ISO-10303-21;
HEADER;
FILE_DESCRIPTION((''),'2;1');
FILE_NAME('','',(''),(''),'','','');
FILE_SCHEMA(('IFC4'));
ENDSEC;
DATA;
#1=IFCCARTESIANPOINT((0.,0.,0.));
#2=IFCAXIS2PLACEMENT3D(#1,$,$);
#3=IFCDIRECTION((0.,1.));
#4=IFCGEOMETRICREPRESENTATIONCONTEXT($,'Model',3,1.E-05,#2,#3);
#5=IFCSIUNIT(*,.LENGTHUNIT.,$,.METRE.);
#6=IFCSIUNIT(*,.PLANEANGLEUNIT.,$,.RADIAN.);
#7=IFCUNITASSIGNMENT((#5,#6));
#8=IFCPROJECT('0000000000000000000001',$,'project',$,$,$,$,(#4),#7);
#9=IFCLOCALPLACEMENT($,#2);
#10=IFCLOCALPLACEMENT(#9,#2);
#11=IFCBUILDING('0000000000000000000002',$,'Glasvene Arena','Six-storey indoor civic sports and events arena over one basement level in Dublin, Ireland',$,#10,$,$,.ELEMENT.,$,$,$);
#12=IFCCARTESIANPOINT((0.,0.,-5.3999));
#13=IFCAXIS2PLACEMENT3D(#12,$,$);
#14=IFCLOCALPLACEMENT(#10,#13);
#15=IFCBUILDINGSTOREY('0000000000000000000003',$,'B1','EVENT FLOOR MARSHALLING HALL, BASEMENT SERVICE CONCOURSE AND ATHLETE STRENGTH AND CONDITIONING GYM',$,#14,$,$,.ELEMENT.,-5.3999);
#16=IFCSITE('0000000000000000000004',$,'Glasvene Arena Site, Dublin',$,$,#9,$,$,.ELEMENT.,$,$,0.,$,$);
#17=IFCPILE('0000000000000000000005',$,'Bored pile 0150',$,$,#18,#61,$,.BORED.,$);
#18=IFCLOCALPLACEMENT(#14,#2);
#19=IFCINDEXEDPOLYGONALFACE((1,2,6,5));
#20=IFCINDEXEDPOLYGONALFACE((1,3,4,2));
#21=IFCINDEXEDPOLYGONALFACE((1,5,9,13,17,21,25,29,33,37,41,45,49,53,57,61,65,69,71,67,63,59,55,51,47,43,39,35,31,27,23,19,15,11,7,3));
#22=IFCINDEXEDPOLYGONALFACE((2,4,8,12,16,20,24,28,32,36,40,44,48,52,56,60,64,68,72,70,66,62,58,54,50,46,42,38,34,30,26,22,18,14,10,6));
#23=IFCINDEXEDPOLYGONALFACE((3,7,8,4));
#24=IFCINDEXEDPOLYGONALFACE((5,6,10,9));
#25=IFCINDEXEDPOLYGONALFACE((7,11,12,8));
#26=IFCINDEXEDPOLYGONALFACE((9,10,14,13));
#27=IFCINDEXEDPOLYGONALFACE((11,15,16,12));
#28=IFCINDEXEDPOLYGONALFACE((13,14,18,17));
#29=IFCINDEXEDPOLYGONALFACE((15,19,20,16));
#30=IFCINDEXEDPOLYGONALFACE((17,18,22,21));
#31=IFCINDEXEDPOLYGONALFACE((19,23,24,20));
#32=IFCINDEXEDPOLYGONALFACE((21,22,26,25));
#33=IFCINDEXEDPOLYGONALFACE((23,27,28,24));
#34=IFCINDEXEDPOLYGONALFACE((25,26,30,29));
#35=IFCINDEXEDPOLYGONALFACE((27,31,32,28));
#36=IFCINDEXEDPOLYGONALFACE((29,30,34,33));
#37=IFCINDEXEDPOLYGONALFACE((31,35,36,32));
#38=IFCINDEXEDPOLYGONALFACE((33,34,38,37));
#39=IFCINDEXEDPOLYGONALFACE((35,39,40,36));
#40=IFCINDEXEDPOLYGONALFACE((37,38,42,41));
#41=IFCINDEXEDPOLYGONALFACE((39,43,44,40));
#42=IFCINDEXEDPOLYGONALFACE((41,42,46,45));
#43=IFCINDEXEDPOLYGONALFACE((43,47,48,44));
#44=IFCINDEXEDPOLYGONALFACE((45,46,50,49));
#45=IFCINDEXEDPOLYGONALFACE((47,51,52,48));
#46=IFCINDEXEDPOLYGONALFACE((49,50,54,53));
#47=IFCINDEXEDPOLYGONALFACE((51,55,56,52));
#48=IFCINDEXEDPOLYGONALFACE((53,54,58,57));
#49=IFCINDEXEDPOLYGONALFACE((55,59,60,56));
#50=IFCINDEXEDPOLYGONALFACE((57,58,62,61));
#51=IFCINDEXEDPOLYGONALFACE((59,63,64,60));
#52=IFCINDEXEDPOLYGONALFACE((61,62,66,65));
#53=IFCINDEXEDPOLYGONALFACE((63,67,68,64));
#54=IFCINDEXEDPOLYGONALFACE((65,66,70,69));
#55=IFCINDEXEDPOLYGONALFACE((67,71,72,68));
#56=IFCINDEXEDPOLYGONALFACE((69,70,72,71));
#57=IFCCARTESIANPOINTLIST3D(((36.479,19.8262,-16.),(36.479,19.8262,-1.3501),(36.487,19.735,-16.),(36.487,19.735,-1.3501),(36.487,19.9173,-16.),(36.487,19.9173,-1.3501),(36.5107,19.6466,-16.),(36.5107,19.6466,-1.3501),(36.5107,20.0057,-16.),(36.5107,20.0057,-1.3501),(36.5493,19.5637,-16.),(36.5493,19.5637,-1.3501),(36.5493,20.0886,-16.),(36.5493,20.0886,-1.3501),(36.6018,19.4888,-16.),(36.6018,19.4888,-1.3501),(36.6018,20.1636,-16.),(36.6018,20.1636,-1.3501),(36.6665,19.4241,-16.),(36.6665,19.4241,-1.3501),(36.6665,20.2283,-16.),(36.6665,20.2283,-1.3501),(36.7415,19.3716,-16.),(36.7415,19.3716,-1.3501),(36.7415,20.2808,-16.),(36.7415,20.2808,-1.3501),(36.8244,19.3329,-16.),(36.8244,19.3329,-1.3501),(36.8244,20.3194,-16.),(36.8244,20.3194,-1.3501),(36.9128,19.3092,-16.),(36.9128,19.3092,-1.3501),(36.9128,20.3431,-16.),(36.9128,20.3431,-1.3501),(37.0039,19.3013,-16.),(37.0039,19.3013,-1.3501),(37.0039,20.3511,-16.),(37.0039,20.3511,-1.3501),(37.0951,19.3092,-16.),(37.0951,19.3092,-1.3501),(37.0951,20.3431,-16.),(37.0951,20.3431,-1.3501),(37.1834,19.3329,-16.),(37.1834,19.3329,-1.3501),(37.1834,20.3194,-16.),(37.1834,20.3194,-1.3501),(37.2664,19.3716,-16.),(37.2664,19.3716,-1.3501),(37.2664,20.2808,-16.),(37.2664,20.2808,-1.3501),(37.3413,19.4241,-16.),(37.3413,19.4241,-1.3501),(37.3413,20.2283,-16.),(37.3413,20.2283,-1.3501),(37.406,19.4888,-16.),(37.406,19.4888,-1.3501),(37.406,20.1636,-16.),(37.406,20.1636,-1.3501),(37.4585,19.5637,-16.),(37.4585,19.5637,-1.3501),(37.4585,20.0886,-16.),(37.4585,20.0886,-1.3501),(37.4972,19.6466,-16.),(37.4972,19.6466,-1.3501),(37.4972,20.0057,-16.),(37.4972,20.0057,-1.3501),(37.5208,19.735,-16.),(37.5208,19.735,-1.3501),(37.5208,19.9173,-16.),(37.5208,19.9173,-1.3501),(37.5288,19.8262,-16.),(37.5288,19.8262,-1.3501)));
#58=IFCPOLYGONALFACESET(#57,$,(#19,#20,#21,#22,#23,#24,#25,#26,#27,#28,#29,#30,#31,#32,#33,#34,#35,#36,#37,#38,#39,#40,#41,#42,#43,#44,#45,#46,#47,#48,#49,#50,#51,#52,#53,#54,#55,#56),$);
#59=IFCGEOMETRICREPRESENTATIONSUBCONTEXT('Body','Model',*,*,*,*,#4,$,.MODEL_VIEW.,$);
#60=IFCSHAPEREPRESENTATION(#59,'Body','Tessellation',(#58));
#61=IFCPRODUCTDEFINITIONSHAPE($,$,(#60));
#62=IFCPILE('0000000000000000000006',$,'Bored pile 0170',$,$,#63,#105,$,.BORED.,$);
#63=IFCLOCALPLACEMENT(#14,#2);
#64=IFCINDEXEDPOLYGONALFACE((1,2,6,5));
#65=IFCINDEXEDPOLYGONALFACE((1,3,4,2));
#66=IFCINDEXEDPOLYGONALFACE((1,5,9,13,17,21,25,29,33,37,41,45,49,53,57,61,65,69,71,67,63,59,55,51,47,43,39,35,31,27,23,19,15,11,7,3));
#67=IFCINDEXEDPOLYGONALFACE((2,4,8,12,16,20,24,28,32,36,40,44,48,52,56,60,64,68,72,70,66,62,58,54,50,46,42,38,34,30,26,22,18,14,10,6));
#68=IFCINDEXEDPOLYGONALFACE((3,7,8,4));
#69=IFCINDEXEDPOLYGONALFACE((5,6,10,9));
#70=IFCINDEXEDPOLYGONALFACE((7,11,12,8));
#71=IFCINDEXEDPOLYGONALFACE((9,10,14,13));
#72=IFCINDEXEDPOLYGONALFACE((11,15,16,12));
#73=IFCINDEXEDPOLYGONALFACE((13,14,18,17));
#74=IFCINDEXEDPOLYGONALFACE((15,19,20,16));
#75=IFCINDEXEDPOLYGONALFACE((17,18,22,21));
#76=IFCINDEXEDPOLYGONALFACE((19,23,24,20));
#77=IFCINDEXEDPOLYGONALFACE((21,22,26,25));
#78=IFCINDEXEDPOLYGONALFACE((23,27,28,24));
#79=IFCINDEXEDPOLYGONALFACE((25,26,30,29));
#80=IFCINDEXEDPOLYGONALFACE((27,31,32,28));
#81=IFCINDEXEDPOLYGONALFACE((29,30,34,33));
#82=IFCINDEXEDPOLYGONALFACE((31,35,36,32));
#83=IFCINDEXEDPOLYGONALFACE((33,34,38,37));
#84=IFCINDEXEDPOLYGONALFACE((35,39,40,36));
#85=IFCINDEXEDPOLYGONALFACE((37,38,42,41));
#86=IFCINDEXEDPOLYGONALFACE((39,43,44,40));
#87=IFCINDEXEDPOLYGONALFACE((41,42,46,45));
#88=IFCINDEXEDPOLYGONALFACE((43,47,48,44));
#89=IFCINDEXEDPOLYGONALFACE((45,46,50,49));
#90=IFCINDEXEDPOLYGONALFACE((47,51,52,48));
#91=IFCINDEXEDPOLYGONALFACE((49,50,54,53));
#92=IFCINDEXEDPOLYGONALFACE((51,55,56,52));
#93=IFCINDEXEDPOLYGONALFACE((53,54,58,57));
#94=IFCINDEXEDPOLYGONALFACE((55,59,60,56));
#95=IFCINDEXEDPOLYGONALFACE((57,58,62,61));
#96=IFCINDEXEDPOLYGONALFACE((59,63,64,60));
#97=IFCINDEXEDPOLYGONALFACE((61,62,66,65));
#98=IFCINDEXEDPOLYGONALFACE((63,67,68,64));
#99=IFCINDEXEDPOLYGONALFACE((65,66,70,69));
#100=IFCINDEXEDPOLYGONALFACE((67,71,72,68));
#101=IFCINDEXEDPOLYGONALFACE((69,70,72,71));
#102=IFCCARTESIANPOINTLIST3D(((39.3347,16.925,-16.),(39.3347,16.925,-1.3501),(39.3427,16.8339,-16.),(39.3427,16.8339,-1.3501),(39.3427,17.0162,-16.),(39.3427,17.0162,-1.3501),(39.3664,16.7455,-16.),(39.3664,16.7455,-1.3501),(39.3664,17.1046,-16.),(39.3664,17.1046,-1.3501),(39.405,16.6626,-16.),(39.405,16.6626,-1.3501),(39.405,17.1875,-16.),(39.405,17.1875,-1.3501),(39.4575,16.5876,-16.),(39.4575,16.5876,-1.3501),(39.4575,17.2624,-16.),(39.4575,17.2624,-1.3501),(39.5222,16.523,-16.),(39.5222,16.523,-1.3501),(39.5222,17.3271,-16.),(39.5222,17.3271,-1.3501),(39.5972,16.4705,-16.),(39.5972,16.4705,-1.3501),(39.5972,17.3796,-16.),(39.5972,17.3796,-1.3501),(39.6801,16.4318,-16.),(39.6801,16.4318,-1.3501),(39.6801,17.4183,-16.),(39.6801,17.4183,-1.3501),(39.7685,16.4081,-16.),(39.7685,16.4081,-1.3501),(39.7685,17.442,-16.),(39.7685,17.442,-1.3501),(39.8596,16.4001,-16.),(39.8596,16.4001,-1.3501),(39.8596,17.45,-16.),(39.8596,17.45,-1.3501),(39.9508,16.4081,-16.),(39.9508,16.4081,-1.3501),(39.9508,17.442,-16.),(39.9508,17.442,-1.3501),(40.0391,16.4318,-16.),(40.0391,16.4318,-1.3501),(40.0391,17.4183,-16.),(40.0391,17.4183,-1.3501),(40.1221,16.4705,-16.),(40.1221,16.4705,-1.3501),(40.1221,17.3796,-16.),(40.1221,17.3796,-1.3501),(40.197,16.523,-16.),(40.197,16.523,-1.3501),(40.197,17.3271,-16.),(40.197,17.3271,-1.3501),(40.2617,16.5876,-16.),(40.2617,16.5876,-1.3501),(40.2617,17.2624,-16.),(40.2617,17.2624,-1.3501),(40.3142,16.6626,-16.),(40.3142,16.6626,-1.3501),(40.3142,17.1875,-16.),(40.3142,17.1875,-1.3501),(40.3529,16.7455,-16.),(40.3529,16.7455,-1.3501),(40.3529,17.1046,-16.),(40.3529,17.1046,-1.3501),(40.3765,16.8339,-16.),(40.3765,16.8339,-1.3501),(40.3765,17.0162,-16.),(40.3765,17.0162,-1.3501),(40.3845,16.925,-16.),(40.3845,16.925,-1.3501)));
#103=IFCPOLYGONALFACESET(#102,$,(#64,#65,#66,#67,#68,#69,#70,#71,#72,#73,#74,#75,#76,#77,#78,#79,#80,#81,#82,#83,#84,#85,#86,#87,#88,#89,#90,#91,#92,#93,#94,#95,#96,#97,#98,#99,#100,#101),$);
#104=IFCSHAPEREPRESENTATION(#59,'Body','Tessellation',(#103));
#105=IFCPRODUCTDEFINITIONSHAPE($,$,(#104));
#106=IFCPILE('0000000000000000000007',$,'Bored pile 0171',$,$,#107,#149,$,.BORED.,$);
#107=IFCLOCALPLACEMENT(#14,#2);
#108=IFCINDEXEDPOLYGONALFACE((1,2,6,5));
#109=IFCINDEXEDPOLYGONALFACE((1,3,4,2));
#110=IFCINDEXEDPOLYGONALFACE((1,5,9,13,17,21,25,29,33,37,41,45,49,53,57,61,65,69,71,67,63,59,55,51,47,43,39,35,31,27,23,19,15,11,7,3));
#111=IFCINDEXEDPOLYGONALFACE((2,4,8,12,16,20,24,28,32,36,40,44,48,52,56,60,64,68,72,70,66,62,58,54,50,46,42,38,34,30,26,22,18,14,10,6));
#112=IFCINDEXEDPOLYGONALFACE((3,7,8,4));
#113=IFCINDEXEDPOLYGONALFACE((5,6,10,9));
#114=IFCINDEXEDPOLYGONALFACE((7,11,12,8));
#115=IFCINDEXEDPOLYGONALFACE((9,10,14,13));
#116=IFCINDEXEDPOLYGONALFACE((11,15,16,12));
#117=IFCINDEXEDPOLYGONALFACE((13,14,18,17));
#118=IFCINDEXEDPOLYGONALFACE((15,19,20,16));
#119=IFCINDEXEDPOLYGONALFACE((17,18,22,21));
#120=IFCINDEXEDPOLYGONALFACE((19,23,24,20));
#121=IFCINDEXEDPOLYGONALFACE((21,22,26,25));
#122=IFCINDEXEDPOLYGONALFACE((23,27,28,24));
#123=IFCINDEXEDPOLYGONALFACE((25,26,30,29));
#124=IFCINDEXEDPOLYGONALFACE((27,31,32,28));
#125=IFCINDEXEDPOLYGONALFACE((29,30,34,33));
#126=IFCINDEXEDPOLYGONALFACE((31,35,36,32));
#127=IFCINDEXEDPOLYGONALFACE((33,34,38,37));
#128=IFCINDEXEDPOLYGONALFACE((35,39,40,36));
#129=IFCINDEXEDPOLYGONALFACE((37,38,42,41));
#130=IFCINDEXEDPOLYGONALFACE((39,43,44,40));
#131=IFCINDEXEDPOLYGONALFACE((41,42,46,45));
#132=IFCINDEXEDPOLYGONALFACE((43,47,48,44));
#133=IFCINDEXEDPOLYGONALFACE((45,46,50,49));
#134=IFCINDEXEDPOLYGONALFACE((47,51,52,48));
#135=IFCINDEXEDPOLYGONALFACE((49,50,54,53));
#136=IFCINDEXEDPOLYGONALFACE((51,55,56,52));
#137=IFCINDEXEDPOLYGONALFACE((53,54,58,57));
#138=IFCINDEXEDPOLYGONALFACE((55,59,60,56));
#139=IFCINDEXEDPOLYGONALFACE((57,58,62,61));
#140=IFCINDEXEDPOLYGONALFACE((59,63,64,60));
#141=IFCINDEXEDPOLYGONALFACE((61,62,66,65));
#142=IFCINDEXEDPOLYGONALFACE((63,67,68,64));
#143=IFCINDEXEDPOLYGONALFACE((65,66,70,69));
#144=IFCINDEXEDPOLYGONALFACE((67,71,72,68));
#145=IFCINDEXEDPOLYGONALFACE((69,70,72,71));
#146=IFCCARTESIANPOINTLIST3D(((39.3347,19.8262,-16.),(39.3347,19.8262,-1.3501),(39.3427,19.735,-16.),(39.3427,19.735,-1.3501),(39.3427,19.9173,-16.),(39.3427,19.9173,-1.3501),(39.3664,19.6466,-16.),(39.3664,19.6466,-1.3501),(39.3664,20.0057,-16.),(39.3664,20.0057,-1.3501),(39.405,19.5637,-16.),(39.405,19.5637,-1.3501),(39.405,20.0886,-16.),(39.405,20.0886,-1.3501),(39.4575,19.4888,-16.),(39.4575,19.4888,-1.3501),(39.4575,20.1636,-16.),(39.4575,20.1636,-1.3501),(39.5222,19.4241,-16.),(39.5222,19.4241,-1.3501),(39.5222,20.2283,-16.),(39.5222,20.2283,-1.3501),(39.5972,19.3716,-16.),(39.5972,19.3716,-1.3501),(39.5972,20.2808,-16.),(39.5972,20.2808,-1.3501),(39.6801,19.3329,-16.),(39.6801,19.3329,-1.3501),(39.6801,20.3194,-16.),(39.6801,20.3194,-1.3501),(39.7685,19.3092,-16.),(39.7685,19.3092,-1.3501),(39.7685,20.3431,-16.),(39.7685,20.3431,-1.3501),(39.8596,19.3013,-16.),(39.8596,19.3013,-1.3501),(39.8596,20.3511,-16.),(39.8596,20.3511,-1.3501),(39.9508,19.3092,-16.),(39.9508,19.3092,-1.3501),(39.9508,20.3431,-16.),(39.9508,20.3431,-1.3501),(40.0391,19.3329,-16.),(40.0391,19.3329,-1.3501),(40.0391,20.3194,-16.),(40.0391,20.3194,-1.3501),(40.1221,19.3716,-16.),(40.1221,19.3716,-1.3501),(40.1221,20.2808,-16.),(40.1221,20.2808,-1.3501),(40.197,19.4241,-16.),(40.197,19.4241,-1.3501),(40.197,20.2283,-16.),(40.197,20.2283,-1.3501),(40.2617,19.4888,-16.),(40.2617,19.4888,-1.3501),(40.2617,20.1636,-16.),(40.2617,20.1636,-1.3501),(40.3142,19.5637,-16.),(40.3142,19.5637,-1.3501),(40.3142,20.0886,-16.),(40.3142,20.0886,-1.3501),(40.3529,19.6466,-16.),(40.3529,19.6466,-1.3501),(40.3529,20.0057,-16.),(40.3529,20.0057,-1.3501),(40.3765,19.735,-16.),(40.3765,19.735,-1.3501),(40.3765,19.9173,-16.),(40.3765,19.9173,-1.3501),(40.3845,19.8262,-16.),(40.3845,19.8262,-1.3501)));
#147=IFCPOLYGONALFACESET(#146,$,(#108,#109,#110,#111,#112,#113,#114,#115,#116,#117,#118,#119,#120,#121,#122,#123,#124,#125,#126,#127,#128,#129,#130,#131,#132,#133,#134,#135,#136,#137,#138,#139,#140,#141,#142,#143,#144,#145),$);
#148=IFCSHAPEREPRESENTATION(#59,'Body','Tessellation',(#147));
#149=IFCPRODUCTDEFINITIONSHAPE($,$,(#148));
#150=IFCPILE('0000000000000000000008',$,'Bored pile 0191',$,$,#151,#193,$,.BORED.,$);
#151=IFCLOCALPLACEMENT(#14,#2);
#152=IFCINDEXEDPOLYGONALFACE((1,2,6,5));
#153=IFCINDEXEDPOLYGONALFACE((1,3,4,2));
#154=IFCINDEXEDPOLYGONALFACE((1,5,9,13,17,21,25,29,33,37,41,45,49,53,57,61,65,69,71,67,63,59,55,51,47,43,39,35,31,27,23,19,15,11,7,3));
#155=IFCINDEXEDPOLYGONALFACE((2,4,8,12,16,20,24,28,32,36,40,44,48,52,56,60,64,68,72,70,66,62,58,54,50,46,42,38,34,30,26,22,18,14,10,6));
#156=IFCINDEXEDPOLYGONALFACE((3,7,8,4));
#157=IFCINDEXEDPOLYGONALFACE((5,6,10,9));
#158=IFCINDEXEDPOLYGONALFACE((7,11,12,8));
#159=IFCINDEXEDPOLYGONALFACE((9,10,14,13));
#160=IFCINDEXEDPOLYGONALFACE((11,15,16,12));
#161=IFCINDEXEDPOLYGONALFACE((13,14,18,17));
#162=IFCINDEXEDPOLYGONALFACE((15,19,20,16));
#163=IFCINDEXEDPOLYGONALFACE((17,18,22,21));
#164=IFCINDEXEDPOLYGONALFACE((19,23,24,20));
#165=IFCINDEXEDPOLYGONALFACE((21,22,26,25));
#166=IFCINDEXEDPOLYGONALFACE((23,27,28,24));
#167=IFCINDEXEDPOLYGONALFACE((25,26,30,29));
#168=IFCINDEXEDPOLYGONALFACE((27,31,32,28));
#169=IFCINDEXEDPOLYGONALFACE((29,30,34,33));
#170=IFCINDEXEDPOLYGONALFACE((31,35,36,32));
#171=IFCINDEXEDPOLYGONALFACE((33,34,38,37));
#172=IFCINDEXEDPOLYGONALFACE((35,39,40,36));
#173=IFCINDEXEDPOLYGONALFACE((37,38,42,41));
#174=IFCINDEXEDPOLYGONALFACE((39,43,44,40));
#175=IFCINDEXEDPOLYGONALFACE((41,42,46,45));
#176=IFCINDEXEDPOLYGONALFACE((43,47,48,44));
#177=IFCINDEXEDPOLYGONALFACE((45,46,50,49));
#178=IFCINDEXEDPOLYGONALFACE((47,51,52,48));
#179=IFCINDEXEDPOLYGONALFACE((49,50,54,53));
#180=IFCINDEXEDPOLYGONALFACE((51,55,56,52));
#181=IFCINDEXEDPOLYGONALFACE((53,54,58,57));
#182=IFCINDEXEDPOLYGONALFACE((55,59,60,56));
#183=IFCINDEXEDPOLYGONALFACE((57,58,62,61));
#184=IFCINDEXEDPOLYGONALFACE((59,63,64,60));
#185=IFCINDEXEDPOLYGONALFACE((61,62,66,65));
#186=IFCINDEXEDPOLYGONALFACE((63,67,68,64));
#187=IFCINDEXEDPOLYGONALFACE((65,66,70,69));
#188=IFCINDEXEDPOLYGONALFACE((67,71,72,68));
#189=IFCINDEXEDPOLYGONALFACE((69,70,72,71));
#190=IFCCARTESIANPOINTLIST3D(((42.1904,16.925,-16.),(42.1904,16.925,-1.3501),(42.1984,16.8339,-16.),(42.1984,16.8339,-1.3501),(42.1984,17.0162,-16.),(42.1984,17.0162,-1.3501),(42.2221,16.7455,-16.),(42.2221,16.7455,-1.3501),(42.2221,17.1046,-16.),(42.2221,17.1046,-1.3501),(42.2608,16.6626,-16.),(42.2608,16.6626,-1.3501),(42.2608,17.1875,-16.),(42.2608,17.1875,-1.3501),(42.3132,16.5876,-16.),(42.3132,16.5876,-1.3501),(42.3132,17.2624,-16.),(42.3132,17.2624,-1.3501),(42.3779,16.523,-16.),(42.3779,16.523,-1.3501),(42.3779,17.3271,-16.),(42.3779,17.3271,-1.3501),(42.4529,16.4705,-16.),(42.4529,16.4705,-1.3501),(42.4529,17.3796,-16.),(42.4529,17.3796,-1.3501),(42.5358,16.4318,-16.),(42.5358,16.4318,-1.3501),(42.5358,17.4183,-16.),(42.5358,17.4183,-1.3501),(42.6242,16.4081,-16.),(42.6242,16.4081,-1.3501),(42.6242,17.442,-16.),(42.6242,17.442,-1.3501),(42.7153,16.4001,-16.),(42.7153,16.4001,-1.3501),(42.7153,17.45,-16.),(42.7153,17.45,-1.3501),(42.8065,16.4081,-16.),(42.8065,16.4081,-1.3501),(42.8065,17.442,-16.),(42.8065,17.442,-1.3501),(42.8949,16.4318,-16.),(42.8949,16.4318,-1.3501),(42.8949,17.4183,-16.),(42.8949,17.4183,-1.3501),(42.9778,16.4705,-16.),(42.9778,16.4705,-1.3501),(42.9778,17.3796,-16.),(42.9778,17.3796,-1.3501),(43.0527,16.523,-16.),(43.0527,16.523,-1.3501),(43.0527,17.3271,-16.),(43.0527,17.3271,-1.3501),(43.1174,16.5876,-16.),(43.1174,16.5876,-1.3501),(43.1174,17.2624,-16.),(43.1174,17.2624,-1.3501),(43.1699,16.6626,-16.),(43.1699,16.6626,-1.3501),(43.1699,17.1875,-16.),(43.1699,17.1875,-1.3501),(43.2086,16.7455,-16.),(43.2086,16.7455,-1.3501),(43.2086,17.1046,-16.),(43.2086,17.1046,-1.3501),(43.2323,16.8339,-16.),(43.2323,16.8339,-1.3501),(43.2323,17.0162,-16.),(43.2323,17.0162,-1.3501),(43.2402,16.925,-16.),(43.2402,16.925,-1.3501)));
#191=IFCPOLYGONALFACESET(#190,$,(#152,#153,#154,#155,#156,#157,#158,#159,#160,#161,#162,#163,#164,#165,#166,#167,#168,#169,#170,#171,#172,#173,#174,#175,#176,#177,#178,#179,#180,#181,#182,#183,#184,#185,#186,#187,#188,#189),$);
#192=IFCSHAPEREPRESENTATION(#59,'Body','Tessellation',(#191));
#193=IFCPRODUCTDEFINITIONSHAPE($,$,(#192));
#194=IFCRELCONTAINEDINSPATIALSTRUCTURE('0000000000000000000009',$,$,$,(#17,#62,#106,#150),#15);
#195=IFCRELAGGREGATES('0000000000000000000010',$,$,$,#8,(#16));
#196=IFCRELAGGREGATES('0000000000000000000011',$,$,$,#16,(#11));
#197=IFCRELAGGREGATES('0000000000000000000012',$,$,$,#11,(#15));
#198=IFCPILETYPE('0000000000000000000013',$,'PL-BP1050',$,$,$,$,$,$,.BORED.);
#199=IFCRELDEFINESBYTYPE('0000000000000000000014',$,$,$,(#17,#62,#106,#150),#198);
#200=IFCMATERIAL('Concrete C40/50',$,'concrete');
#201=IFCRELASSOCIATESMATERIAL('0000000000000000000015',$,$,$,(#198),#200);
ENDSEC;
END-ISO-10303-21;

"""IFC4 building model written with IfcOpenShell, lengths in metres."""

from ifc_helpers import new_model, si_unit, direction, frame, origin, origin_2d, place, context, subcontext, project, spatial, circle, extrude, material, material_profile, profile_set, type_object, element, save


model = new_model("IFC4")

# Units and contexts
model_context = context("Model", 3, precision=1e-05, world=origin(), true_north=direction((0.0, 1.0)))
body_context = subcontext(model_context, "Body", "Model", "MODEL_VIEW")
ifc_project = project(units=[si_unit("LENGTHUNIT", "METRE"), si_unit("PLANEANGLEUNIT", "RADIAN")], contexts=[model_context])

# Site, building, storey
site_placement = place(None, origin())
site = spatial("IfcSite", under=ifc_project, at=site_placement, Name="Glasvene Arena Site, Dublin", CompositionType="ELEMENT", RefElevation=0.0)
building_placement = place(site_placement, origin())
building = spatial("IfcBuilding", under=site, at=building_placement, Name="Glasvene Arena", Description="Six-storey indoor civic sports and events arena over one basement level in Dublin, Ireland", CompositionType="ELEMENT")
storey_placement = place(building_placement, frame((0.0, 0.0, -5.3999)))
storey = spatial("IfcBuildingStorey", under=building, at=storey_placement, Name="B1", Description="EVENT FLOOR MARSHALLING HALL, BASEMENT SERVICE CONCOURSE AND ATHLETE STRENGTH AND CONDITIONING GYM", CompositionType="ELEMENT", Elevation=-5.3999)

# Shared definitions
ifc_material_1 = material(Name="Concrete C40/50", Category="concrete")

# Piles
ifc_material_profile_1 = material_profile(ifc_material_1, circle(Radius=0.5249, at=origin_2d()), Name="BORED PILE 1050")
ifc_profile_set_1 = profile_set([ifc_material_profile_1], Name="Concrete C40/50")
pile_type = type_object("IfcPileType", Name="PL-BP1050", PredefinedType="BORED", material=ifc_profile_set_1)
for number, where, z_axis, x_axis, name in (
    (1, (37.0039, 19.8262, -1.3501), (0.0, 0.0, -1.0), (1.0, 0.0, 0.0), "Bored pile 0150"),
    (2, (39.8596, 16.925, -1.3501), (0.0, 0.0, -1.0), (1.0, 0.0, 0.0), "Bored pile 0170"),
    (3, (39.8596, 19.8262, -1.3501), (0.0, 0.0, -1.0), (1.0, 0.0, 0.0), "Bored pile 0171"),
    (4, (42.7153, 16.925, -1.3501), (0.0, 0.0, -1.0), (1.0, 0.0, 0.0), "Bored pile 0191"),
):
    element("IfcPile", number, at=place(storey_placement, frame(where, z_axis=z_axis, x_axis=x_axis)), inside=storey, type_object=pile_type, Name=name, PredefinedType="BORED", context=body_context, shape_type="SweptSolid", body=[
        extrude(circle(Radius=0.5249, at=origin_2d()), origin(), (0.0, 0.0, 1.0), 14.6499),
    ])

save(model, "model.ifc")
